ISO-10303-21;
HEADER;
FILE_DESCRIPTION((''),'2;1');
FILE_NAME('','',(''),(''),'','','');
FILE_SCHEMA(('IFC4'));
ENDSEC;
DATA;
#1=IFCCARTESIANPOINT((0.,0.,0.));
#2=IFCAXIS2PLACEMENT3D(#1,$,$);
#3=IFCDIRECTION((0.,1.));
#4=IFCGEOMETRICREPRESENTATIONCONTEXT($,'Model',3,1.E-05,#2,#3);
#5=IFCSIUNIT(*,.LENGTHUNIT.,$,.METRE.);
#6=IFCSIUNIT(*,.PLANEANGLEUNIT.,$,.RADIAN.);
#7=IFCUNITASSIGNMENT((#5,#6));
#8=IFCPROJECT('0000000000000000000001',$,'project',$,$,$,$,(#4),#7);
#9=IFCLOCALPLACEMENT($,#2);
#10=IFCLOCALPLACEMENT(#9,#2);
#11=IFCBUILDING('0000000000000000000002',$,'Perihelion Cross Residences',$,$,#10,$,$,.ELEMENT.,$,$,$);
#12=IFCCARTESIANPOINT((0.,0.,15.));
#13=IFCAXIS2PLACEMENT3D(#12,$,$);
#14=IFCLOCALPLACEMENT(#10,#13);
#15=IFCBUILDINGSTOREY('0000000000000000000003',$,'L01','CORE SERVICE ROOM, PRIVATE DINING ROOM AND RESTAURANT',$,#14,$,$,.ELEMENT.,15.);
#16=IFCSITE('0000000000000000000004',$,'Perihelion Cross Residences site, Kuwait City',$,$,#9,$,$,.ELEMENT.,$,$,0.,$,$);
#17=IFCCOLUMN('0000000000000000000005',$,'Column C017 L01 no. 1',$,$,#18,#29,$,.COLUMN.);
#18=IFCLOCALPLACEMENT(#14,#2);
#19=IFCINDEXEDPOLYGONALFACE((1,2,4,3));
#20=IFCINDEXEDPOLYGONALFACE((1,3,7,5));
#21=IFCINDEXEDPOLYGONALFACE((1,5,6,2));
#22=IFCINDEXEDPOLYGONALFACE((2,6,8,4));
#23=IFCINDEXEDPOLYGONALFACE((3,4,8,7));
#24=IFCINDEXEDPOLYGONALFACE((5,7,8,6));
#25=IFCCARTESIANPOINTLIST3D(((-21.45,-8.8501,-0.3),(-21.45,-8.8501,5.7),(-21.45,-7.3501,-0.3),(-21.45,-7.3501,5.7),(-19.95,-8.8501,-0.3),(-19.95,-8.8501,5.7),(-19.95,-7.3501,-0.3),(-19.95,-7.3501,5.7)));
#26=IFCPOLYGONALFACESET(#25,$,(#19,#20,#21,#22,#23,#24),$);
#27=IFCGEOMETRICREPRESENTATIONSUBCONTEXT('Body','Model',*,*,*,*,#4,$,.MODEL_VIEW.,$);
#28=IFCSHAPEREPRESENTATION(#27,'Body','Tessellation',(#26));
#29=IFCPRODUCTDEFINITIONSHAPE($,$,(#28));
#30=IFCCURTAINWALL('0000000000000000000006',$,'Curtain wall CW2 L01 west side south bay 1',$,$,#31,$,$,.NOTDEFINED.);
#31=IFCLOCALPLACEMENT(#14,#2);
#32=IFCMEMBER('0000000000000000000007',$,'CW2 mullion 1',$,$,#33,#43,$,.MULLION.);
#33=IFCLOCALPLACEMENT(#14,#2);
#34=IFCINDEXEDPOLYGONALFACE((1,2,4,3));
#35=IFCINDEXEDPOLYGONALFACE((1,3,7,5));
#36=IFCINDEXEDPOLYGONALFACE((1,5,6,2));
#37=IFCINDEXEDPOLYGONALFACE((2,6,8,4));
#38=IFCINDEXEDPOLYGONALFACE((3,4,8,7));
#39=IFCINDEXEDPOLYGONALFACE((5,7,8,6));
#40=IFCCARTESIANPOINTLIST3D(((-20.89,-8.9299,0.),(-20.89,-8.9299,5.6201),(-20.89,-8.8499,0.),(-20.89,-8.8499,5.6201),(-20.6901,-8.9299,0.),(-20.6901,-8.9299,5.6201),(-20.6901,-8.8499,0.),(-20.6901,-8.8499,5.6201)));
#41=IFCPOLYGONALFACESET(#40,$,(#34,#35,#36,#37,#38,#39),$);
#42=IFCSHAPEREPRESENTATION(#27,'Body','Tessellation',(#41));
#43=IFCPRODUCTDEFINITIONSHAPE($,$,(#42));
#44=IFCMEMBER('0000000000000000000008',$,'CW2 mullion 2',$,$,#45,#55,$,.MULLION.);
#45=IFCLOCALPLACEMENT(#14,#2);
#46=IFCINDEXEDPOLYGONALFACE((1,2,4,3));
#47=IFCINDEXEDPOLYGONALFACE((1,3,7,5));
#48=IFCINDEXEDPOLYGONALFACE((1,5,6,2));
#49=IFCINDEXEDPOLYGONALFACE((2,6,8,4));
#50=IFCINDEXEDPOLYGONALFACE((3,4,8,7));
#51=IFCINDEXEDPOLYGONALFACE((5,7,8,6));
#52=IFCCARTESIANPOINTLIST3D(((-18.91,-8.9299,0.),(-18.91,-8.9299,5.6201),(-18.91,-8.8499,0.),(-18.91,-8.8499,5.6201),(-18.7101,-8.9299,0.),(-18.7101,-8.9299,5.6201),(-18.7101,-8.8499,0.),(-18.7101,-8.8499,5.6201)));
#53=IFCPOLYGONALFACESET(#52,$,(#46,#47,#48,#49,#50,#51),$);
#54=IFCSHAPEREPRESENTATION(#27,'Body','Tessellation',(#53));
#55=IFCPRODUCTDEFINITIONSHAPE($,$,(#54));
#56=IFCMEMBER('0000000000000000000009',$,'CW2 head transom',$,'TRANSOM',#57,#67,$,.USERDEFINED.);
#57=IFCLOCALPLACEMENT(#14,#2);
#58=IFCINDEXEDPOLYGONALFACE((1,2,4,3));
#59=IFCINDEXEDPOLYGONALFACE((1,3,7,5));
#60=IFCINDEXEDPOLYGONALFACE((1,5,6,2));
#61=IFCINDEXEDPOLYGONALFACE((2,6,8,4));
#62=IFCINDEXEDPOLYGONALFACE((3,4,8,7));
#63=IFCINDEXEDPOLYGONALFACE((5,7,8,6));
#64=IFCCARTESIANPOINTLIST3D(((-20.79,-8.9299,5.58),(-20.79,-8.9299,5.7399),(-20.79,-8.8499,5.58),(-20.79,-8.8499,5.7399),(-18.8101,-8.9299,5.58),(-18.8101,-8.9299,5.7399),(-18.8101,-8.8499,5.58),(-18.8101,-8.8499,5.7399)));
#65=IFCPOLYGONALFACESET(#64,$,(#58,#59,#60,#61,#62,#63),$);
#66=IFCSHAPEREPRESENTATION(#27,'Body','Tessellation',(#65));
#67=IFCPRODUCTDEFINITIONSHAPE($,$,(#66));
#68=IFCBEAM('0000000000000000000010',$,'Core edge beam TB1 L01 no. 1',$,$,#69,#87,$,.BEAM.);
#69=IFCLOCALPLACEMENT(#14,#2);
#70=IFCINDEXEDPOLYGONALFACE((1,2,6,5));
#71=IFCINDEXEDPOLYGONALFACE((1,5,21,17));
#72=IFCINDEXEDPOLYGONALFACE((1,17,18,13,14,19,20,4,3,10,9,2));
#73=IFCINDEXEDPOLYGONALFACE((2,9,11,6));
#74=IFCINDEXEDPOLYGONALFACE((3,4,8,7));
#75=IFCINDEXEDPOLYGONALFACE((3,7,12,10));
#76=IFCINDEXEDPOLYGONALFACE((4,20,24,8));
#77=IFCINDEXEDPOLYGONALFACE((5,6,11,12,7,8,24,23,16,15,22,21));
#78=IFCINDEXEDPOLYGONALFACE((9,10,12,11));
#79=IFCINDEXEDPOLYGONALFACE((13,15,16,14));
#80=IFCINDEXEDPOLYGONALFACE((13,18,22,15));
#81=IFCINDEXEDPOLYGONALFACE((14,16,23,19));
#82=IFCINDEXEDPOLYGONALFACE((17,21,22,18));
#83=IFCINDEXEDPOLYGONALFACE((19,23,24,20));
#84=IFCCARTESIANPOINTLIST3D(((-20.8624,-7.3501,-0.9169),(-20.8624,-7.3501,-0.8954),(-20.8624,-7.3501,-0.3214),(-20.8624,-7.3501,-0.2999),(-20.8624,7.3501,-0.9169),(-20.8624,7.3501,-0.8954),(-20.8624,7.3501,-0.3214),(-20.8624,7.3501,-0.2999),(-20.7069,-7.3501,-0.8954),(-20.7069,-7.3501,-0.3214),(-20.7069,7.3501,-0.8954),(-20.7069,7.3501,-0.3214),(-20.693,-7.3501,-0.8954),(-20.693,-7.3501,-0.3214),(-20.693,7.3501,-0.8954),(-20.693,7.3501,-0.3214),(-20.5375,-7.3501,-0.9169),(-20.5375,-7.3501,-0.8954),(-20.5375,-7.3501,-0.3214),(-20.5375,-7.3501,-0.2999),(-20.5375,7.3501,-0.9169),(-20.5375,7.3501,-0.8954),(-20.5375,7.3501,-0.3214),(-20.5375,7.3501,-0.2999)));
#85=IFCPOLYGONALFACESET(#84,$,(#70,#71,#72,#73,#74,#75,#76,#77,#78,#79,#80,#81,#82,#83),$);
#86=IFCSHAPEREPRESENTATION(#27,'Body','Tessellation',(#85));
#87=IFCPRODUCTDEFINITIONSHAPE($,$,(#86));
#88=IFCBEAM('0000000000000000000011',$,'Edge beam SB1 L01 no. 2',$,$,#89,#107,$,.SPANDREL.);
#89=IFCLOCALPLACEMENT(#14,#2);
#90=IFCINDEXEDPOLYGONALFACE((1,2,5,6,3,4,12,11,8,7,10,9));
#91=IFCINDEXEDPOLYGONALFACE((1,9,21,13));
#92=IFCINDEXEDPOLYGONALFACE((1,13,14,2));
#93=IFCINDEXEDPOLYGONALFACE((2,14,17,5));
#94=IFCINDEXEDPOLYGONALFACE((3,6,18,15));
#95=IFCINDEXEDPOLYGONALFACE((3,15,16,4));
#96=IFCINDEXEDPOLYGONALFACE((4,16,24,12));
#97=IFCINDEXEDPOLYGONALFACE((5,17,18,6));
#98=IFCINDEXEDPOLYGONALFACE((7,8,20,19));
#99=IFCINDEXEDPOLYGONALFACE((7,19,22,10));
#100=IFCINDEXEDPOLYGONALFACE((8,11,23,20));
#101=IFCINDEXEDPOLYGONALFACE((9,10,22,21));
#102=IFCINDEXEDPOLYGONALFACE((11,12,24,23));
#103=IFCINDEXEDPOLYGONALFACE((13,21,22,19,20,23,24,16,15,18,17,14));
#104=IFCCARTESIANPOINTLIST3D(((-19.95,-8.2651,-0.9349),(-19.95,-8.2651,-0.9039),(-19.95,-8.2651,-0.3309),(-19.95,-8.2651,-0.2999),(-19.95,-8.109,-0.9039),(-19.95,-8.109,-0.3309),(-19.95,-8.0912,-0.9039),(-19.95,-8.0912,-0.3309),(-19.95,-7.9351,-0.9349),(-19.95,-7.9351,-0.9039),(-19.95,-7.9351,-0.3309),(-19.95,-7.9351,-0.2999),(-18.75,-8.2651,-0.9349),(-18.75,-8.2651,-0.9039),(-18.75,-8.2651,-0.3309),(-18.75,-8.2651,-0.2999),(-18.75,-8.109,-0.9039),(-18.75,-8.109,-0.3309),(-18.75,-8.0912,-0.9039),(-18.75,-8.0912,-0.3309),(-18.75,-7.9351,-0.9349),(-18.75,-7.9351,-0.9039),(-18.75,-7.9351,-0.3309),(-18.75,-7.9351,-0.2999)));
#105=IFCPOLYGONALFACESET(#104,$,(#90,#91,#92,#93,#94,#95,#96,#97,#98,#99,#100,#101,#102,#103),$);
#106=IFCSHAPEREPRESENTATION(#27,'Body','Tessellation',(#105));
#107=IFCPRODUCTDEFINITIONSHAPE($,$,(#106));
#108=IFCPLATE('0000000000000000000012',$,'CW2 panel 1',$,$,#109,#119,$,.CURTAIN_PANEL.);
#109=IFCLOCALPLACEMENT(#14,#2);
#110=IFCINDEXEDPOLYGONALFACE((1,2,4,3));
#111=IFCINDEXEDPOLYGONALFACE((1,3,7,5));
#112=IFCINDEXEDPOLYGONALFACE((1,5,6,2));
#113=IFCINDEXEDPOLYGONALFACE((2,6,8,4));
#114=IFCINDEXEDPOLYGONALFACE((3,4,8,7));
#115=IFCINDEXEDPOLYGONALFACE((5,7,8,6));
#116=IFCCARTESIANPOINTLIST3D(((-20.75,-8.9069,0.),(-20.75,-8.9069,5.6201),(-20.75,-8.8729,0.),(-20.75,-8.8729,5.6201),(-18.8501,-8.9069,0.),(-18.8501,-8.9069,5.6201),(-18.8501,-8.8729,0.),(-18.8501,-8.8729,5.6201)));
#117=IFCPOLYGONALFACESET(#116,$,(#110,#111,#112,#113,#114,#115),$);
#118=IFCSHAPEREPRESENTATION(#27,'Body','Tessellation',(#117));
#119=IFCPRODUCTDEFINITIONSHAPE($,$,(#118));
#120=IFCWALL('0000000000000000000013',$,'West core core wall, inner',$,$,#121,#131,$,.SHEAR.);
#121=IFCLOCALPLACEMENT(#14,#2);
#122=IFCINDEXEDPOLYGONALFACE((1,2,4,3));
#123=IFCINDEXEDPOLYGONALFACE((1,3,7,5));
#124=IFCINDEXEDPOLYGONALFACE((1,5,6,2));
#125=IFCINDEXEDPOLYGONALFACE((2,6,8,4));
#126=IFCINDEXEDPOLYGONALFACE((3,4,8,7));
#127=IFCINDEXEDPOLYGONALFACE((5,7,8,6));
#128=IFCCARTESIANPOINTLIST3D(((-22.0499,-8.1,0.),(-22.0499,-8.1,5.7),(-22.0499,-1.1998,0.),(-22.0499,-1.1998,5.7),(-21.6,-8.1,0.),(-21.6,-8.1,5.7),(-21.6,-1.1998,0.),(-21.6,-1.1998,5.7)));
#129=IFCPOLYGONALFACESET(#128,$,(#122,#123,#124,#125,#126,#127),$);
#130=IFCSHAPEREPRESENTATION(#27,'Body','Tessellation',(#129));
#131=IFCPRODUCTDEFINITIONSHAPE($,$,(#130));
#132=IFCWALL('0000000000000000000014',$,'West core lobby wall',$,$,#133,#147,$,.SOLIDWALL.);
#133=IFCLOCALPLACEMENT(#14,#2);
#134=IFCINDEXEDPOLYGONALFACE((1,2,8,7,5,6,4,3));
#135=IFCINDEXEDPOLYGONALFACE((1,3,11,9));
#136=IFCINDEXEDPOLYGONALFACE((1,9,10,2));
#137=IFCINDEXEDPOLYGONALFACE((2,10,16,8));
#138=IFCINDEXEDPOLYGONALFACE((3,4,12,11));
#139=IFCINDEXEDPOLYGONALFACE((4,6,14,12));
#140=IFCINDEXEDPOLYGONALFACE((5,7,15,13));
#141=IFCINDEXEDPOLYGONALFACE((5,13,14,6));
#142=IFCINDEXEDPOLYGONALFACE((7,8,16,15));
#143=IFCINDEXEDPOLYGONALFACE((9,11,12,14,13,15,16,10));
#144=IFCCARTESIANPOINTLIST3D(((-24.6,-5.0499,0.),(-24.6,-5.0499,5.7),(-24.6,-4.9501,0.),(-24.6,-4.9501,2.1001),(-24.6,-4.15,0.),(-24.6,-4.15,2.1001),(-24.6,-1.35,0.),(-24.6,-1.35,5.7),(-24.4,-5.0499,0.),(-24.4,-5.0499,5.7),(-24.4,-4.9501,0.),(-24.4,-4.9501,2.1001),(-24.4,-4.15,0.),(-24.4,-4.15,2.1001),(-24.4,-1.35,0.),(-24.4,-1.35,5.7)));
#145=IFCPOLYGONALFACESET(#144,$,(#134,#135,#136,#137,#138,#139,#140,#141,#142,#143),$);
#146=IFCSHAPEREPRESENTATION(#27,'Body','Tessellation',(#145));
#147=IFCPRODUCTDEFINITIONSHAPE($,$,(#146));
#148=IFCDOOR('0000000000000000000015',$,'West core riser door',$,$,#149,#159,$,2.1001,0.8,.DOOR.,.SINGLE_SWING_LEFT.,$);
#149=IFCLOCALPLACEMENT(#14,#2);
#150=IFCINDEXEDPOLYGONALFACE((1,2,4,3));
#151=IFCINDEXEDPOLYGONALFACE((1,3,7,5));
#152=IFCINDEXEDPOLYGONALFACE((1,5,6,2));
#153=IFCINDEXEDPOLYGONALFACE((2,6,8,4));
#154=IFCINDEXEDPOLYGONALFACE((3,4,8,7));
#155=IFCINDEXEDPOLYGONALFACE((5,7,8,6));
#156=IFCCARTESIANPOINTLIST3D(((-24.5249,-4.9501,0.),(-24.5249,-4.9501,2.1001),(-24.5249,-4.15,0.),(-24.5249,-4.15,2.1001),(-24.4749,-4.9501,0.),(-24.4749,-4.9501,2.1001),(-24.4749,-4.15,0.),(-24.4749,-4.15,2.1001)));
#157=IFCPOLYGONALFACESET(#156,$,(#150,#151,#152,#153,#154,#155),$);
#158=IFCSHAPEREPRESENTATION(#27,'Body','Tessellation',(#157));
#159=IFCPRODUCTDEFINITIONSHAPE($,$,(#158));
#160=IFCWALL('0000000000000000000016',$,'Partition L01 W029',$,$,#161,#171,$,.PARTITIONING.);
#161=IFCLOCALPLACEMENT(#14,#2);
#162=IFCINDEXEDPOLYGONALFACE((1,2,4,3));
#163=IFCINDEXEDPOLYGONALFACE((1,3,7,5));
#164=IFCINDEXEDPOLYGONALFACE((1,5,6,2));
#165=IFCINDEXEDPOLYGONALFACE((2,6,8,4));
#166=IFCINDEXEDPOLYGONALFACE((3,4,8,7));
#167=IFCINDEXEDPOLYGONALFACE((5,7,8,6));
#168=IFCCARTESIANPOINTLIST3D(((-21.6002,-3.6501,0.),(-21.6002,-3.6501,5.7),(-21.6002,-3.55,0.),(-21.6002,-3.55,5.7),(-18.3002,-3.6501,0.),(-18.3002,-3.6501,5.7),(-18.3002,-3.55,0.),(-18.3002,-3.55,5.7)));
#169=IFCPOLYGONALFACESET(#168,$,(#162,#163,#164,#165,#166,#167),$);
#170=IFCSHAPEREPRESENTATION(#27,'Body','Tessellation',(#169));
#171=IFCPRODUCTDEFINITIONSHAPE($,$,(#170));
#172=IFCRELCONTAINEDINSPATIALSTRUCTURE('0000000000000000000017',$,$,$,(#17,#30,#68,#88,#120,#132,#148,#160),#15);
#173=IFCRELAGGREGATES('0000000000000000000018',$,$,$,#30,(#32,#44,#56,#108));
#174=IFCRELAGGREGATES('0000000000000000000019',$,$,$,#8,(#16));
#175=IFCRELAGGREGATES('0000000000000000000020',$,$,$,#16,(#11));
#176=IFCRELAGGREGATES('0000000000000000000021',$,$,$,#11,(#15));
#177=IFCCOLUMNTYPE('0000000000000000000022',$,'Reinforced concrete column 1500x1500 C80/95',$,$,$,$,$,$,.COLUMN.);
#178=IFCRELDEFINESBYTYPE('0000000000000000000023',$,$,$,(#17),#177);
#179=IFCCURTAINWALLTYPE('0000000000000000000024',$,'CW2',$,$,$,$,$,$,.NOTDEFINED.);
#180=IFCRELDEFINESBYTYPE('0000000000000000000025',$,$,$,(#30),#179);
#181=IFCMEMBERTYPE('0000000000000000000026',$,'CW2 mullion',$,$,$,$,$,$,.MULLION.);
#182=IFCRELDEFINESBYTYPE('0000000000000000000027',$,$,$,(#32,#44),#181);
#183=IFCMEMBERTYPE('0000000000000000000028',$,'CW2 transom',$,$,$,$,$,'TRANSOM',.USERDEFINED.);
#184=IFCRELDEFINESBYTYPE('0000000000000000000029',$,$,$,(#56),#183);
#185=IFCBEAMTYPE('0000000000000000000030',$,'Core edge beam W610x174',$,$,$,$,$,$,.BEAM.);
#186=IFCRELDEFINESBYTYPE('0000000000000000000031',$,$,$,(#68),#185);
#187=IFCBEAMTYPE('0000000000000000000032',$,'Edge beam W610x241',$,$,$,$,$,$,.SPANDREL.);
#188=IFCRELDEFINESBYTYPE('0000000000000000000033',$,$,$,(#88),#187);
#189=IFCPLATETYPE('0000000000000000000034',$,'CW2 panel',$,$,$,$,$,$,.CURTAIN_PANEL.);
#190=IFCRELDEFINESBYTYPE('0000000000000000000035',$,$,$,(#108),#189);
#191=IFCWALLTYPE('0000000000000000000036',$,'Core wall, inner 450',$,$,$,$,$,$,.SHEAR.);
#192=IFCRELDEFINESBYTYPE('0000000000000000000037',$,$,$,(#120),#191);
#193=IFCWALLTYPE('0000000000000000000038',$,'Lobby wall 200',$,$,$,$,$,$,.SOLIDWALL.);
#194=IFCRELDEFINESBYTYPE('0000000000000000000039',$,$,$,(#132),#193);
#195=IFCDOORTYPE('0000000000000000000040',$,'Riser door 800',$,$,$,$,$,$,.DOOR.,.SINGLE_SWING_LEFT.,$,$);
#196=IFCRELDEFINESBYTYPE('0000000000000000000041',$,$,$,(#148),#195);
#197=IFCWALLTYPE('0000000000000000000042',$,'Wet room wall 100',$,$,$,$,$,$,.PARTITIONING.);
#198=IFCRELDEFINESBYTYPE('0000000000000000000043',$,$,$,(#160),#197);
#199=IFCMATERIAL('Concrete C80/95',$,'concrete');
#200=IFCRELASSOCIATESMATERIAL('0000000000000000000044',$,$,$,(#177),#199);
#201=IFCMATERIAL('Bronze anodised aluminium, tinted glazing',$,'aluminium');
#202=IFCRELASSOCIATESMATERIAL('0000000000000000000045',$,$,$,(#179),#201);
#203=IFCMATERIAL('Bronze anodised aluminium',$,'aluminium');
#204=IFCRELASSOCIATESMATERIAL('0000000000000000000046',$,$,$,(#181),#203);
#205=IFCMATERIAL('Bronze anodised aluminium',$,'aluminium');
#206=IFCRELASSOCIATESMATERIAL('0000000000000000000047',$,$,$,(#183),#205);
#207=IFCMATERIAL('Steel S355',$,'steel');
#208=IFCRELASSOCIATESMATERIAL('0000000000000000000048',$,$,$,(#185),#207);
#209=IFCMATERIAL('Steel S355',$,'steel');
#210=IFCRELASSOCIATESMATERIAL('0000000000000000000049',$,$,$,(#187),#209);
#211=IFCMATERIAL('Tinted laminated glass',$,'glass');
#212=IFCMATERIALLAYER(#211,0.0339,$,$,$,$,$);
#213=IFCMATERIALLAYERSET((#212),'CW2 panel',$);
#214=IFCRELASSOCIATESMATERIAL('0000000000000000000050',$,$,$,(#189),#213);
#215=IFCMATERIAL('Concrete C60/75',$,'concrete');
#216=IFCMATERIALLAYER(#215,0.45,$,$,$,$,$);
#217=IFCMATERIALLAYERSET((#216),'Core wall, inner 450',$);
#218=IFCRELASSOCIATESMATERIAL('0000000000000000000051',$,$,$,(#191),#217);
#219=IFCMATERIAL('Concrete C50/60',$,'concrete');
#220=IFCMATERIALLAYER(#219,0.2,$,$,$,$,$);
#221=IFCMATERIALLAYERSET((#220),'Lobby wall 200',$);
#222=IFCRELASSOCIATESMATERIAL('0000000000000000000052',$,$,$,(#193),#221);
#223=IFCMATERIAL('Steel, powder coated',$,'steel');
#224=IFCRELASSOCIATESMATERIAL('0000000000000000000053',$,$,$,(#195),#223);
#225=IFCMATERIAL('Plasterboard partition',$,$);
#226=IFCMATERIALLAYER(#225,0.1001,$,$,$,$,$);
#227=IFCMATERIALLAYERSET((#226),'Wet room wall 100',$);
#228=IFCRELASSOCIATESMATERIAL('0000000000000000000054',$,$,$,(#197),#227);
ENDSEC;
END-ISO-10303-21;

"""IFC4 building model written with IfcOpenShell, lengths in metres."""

from ifc_helpers import new_model, si_unit, direction, frame, frame_2d, origin, origin_2d, place, context, subcontext, project, spatial, rectangle, i_section, extrude, material, layer, layer_set, material_profile, profile_set, type_object, element, fill, aggregate, save


model = new_model("IFC4")

# Units and contexts
model_context = context("Model", 3, precision=1e-05, world=origin(), true_north=direction((0.0, 1.0)))
body_context = subcontext(model_context, "Body", "Model", "MODEL_VIEW")
ifc_project = project(units=[si_unit("LENGTHUNIT", "METRE"), si_unit("PLANEANGLEUNIT", "RADIAN")], contexts=[model_context])

# Site, building, storey
site_placement = place(None, origin())
site = spatial("IfcSite", under=ifc_project, at=site_placement, Name="Perihelion Cross Residences site, Kuwait City", CompositionType="ELEMENT", RefElevation=0.0)
building_placement = place(site_placement, origin())
building = spatial("IfcBuilding", under=site, at=building_placement, Name="Perihelion Cross Residences", CompositionType="ELEMENT")
storey_placement = place(building_placement, frame((0.0, 0.0, 15.0)))
storey = spatial("IfcBuildingStorey", under=building, at=storey_placement, Name="L01", Description="CORE SERVICE ROOM, PRIVATE DINING ROOM AND RESTAURANT", CompositionType="ELEMENT", Elevation=15.0)

# Column
ifc_material_1 = material(Name="Concrete C80/95", Category="concrete")
ifc_material_profile_1 = material_profile(ifc_material_1, rectangle(XDim=1.5, YDim=1.5, at=origin_2d()), Name="RC 1500x1500")
ifc_profile_set_1 = profile_set([ifc_material_profile_1], Name="Concrete C80/95")
column_type = type_object("IfcColumnType", Name="Reinforced concrete column 1500x1500 C80/95", PredefinedType="COLUMN", material=ifc_profile_set_1)
column_placement = place(storey_placement, frame((-20.7, -8.1001, -0.3), z_axis=(0.0, 0.0, 1.0), x_axis=(1.0, 0.0, 0.0)))
element("IfcColumn", 1, at=column_placement, inside=storey, type_object=column_type, Name="Column C017 L01 no. 1", PredefinedType="COLUMN", context=body_context, shape_type="SweptSolid", body=[
    extrude(rectangle(XDim=1.5, YDim=1.5, at=origin_2d()), origin(), (0.0, 0.0, 1.0), 6.0),
])

# Curtain wall, members
ifc_material_2 = material(Name="Bronze anodised aluminium, tinted glazing", Category="aluminium")
curtain_wall_type = type_object("IfcCurtainWallType", Name="CW2", PredefinedType="NOTDEFINED", material=ifc_material_2)
curtain_wall_placement = place(storey_placement, origin())
curtain_wall = element("IfcCurtainWall", 2, at=curtain_wall_placement, inside=storey, type_object=curtain_wall_type, Name="Curtain wall CW2 L01 west side south bay 1", PredefinedType="NOTDEFINED")
ifc_material_3 = material(Name="Bronze anodised aluminium", Category="aluminium")
ifc_material_profile_2 = material_profile(ifc_material_3, rectangle(XDim=0.0801, YDim=0.2, at=origin_2d()), Name="CW2 mullion")
ifc_profile_set_2 = profile_set([ifc_material_profile_2], Name="Bronze anodised aluminium")
member_type_1 = type_object("IfcMemberType", Name="CW2 mullion", PredefinedType="MULLION", material=ifc_profile_set_2)
member_1_placement = place(storey_placement, frame((-20.79, -8.8899, 0.0), z_axis=(0.0, 0.0, 1.0), x_axis=(0.0, 1.0, 0.0)))
member_1 = element("IfcMember", 3, at=member_1_placement, type_object=member_type_1, Name="CW2 mullion 1", PredefinedType="MULLION", context=body_context, shape_type="SweptSolid", body=[
    extrude(rectangle(XDim=0.0801, YDim=0.2, at=origin_2d()), origin(), (0.0, 0.0, 1.0), 5.6201),
])
member_2_placement = place(storey_placement, frame((-18.8101, -8.8899, 0.0), z_axis=(0.0, 0.0, 1.0), x_axis=(0.0, 1.0, 0.0)))
member_2 = element("IfcMember", 4, at=member_2_placement, type_object=member_type_1, Name="CW2 mullion 2", PredefinedType="MULLION", context=body_context, shape_type="SweptSolid", body=[
    extrude(rectangle(XDim=0.0801, YDim=0.2, at=origin_2d()), origin(), (0.0, 0.0, 1.0), 5.6201),
])
ifc_material_4 = material(Name="Bronze anodised aluminium", Category="aluminium")
ifc_material_profile_3 = material_profile(ifc_material_4, rectangle(XDim=0.0801, YDim=0.1599, at=origin_2d()), Name="CW2 transom")
ifc_profile_set_3 = profile_set([ifc_material_profile_3], Name="Bronze anodised aluminium")
member_type_2 = type_object("IfcMemberType", Name="CW2 transom", ElementType="TRANSOM", PredefinedType="USERDEFINED", material=ifc_profile_set_3)
member_3_placement = place(storey_placement, frame((-20.79, -8.8899, 5.6599), z_axis=(1.0, 0.0, 0.0), x_axis=(0.0, 1.0, 0.0)))
member_3 = element("IfcMember", 5, at=member_3_placement, type_object=member_type_2, Name="CW2 head transom", ObjectType="TRANSOM", PredefinedType="USERDEFINED", context=body_context, shape_type="SweptSolid", body=[
    extrude(rectangle(XDim=0.0801, YDim=0.1599, at=origin_2d()), origin(), (0.0, 0.0, 1.0), 1.98),
])

# Beams
ifc_material_5 = material(Name="Steel S355", Category="steel")
ifc_material_profile_4 = material_profile(ifc_material_5, i_section(OverallWidth=0.325, OverallDepth=0.6169, WebThickness=0.0139, FlangeThickness=0.0215, at=origin_2d()), Name="W610x174")
ifc_profile_set_4 = profile_set([ifc_material_profile_4], Name="Steel S355")
beam_type_1 = type_object("IfcBeamType", Name="Core edge beam W610x174", PredefinedType="BEAM", material=ifc_profile_set_4)
beam_1_placement = place(storey_placement, frame((-20.7, -7.3501, -0.6084), z_axis=(0.0, 1.0, 0.0), x_axis=(-1.0, 0.0, 0.0)))
element("IfcBeam", 6, at=beam_1_placement, inside=storey, type_object=beam_type_1, Name="Core edge beam TB1 L01 no. 1", PredefinedType="BEAM", context=body_context, shape_type="SweptSolid", body=[
    extrude(i_section(OverallWidth=0.325, OverallDepth=0.6169, WebThickness=0.0139, FlangeThickness=0.0215, at=origin_2d()), origin(), (0.0, 0.0, 1.0), 14.7002),
])
ifc_material_6 = material(Name="Steel S355", Category="steel")
ifc_material_profile_5 = material_profile(ifc_material_6, i_section(OverallWidth=0.3301, OverallDepth=0.635, WebThickness=0.0178, FlangeThickness=0.031, at=origin_2d()), Name="W610x241")
ifc_profile_set_5 = profile_set([ifc_material_profile_5], Name="Steel S355")
beam_type_2 = type_object("IfcBeamType", Name="Edge beam W610x241", PredefinedType="SPANDREL", material=ifc_profile_set_5)
beam_2_placement = place(storey_placement, frame((-19.95, -8.1001, -0.6174), z_axis=(1.0, 0.0, 0.0), x_axis=(0.0, 1.0, 0.0)))
element("IfcBeam", 7, at=beam_2_placement, inside=storey, type_object=beam_type_2, Name="Edge beam SB1 L01 no. 2", PredefinedType="SPANDREL", context=body_context, shape_type="SweptSolid", body=[
    extrude(i_section(OverallWidth=0.3301, OverallDepth=0.635, WebThickness=0.0178, FlangeThickness=0.031, at=origin_2d()), origin(), (0.0, 0.0, 1.0), 1.2),
])

# Plate
ifc_material_7 = material(Name="Tinted laminated glass", Category="glass")
ifc_layer_1 = layer(ifc_material_7, 0.0339)
ifc_layer_set_1 = layer_set([ifc_layer_1], Name="CW2 panel")
plate_type = type_object("IfcPlateType", Name="CW2 panel", PredefinedType="CURTAIN_PANEL", material=ifc_layer_set_1)
plate_placement = place(storey_placement, frame((-19.8, -8.8899, 0.0), z_axis=(0.0, 0.0, 1.0), x_axis=(1.0, 0.0, 0.0)))
plate = element("IfcPlate", 8, at=plate_placement, type_object=plate_type, Name="CW2 panel 1", PredefinedType="CURTAIN_PANEL", context=body_context, shape_type="SweptSolid", body=[
    extrude(rectangle(XDim=1.8999, YDim=0.0339, at=origin_2d()), origin(), (0.0, 0.0, 1.0), 5.6201),
])
aggregate(curtain_wall, [member_1, member_2, member_3, plate])

# Wall
ifc_material_8 = material(Name="Concrete C60/75", Category="concrete")
ifc_layer_2 = layer(ifc_material_8, 0.45)
ifc_layer_set_2 = layer_set([ifc_layer_2], Name="Core wall, inner 450")
wall_type_1 = type_object("IfcWallType", Name="Core wall, inner 450", PredefinedType="SHEAR", material=ifc_layer_set_2)
wall_1_placement = place(storey_placement, frame((-21.825, -8.1001, 0.0), z_axis=(0.0, 0.0, 1.0), x_axis=(0.0, 1.0, 0.0)))
element("IfcWall", 9, at=wall_1_placement, inside=storey, type_object=wall_type_1, Name="West core core wall, inner", PredefinedType="SHEAR", context=body_context, shape_type="SweptSolid", body=[
    extrude(rectangle(XDim=6.9001, YDim=0.45, at=frame_2d((3.4502, 0.0))), origin(), (0.0, 0.0, 1.0), 5.7),
])

# Wall, opening, door
ifc_material_9 = material(Name="Concrete C50/60", Category="concrete")
ifc_layer_3 = layer(ifc_material_9, 0.2)
ifc_layer_set_3 = layer_set([ifc_layer_3], Name="Lobby wall 200")
wall_type_2 = type_object("IfcWallType", Name="Lobby wall 200", PredefinedType="SOLIDWALL", material=ifc_layer_set_3)
wall_2_placement = place(storey_placement, frame((-24.5, -5.05, 0.0), z_axis=(0.0, 0.0, 1.0), x_axis=(0.0, 1.0, 0.0)))
wall_2 = element("IfcWall", 10, at=wall_2_placement, inside=storey, type_object=wall_type_2, Name="West core lobby wall", PredefinedType="SOLIDWALL", context=body_context, shape_type="SweptSolid", body=[
    extrude(rectangle(XDim=3.7, YDim=0.2, at=frame_2d((1.8501, 0.0))), origin(), (0.0, 0.0, 1.0), 5.7),
])
opening_placement = place(wall_2_placement, frame((0.1001, 0.0, 0.0)))
opening = element("IfcOpeningElement", 11, at=opening_placement, cuts=wall_2, PredefinedType="OPENING", context=body_context, shape_type="SweptSolid", body=[
    extrude(rectangle(XDim=0.8, YDim=2.1001, at=frame_2d((0.3999, 1.05))), frame((0.0, 0.1099, 0.0), z_axis=(0.0, -1.0, 0.0), x_axis=(1.0, 0.0, 0.0)), (0.0, 0.0, 1.0), 0.22),
])
ifc_material_10 = material(Name="Steel, powder coated", Category="steel")
door_type = type_object("IfcDoorType", Name="Riser door 800", OperationType="SINGLE_SWING_LEFT", PredefinedType="DOOR", material=ifc_material_10)
door_placement = place(opening_placement, origin())
door = element("IfcDoor", 12, at=door_placement, inside=storey, type_object=door_type, Name="West core riser door", OperationType="SINGLE_SWING_LEFT", OverallHeight=2.1001, OverallWidth=0.8, PredefinedType="DOOR", context=body_context, shape_type="SweptSolid", body=[
    extrude(rectangle(XDim=0.8, YDim=2.1001, at=frame_2d((0.3999, 1.05))), frame((0.0, 0.0249, 0.0), z_axis=(0.0, -1.0, 0.0), x_axis=(1.0, 0.0, 0.0)), (0.0, 0.0, 1.0), 0.05),
])
fill(opening, door)

# Wall
ifc_material_11 = material(Name="Plasterboard partition")
ifc_layer_4 = layer(ifc_material_11, 0.1001)
ifc_layer_set_4 = layer_set([ifc_layer_4], Name="Wet room wall 100")
wall_type_3 = type_object("IfcWallType", Name="Wet room wall 100", PredefinedType="PARTITIONING", material=ifc_layer_set_4)
wall_3_placement = place(storey_placement, frame((-21.6001, -3.6001, 0.0), z_axis=(0.0, 0.0, 1.0), x_axis=(1.0, 0.0, 0.0)))
element("IfcWall", 13, at=wall_3_placement, inside=storey, type_object=wall_type_3, Name="Partition L01 W029", PredefinedType="PARTITIONING", context=body_context, shape_type="SweptSolid", body=[
    extrude(rectangle(XDim=3.3, YDim=0.1001, at=frame_2d((1.6499, 0.0))), origin(), (0.0, 0.0, 1.0), 5.7),
])

save(model, "model.ifc")
